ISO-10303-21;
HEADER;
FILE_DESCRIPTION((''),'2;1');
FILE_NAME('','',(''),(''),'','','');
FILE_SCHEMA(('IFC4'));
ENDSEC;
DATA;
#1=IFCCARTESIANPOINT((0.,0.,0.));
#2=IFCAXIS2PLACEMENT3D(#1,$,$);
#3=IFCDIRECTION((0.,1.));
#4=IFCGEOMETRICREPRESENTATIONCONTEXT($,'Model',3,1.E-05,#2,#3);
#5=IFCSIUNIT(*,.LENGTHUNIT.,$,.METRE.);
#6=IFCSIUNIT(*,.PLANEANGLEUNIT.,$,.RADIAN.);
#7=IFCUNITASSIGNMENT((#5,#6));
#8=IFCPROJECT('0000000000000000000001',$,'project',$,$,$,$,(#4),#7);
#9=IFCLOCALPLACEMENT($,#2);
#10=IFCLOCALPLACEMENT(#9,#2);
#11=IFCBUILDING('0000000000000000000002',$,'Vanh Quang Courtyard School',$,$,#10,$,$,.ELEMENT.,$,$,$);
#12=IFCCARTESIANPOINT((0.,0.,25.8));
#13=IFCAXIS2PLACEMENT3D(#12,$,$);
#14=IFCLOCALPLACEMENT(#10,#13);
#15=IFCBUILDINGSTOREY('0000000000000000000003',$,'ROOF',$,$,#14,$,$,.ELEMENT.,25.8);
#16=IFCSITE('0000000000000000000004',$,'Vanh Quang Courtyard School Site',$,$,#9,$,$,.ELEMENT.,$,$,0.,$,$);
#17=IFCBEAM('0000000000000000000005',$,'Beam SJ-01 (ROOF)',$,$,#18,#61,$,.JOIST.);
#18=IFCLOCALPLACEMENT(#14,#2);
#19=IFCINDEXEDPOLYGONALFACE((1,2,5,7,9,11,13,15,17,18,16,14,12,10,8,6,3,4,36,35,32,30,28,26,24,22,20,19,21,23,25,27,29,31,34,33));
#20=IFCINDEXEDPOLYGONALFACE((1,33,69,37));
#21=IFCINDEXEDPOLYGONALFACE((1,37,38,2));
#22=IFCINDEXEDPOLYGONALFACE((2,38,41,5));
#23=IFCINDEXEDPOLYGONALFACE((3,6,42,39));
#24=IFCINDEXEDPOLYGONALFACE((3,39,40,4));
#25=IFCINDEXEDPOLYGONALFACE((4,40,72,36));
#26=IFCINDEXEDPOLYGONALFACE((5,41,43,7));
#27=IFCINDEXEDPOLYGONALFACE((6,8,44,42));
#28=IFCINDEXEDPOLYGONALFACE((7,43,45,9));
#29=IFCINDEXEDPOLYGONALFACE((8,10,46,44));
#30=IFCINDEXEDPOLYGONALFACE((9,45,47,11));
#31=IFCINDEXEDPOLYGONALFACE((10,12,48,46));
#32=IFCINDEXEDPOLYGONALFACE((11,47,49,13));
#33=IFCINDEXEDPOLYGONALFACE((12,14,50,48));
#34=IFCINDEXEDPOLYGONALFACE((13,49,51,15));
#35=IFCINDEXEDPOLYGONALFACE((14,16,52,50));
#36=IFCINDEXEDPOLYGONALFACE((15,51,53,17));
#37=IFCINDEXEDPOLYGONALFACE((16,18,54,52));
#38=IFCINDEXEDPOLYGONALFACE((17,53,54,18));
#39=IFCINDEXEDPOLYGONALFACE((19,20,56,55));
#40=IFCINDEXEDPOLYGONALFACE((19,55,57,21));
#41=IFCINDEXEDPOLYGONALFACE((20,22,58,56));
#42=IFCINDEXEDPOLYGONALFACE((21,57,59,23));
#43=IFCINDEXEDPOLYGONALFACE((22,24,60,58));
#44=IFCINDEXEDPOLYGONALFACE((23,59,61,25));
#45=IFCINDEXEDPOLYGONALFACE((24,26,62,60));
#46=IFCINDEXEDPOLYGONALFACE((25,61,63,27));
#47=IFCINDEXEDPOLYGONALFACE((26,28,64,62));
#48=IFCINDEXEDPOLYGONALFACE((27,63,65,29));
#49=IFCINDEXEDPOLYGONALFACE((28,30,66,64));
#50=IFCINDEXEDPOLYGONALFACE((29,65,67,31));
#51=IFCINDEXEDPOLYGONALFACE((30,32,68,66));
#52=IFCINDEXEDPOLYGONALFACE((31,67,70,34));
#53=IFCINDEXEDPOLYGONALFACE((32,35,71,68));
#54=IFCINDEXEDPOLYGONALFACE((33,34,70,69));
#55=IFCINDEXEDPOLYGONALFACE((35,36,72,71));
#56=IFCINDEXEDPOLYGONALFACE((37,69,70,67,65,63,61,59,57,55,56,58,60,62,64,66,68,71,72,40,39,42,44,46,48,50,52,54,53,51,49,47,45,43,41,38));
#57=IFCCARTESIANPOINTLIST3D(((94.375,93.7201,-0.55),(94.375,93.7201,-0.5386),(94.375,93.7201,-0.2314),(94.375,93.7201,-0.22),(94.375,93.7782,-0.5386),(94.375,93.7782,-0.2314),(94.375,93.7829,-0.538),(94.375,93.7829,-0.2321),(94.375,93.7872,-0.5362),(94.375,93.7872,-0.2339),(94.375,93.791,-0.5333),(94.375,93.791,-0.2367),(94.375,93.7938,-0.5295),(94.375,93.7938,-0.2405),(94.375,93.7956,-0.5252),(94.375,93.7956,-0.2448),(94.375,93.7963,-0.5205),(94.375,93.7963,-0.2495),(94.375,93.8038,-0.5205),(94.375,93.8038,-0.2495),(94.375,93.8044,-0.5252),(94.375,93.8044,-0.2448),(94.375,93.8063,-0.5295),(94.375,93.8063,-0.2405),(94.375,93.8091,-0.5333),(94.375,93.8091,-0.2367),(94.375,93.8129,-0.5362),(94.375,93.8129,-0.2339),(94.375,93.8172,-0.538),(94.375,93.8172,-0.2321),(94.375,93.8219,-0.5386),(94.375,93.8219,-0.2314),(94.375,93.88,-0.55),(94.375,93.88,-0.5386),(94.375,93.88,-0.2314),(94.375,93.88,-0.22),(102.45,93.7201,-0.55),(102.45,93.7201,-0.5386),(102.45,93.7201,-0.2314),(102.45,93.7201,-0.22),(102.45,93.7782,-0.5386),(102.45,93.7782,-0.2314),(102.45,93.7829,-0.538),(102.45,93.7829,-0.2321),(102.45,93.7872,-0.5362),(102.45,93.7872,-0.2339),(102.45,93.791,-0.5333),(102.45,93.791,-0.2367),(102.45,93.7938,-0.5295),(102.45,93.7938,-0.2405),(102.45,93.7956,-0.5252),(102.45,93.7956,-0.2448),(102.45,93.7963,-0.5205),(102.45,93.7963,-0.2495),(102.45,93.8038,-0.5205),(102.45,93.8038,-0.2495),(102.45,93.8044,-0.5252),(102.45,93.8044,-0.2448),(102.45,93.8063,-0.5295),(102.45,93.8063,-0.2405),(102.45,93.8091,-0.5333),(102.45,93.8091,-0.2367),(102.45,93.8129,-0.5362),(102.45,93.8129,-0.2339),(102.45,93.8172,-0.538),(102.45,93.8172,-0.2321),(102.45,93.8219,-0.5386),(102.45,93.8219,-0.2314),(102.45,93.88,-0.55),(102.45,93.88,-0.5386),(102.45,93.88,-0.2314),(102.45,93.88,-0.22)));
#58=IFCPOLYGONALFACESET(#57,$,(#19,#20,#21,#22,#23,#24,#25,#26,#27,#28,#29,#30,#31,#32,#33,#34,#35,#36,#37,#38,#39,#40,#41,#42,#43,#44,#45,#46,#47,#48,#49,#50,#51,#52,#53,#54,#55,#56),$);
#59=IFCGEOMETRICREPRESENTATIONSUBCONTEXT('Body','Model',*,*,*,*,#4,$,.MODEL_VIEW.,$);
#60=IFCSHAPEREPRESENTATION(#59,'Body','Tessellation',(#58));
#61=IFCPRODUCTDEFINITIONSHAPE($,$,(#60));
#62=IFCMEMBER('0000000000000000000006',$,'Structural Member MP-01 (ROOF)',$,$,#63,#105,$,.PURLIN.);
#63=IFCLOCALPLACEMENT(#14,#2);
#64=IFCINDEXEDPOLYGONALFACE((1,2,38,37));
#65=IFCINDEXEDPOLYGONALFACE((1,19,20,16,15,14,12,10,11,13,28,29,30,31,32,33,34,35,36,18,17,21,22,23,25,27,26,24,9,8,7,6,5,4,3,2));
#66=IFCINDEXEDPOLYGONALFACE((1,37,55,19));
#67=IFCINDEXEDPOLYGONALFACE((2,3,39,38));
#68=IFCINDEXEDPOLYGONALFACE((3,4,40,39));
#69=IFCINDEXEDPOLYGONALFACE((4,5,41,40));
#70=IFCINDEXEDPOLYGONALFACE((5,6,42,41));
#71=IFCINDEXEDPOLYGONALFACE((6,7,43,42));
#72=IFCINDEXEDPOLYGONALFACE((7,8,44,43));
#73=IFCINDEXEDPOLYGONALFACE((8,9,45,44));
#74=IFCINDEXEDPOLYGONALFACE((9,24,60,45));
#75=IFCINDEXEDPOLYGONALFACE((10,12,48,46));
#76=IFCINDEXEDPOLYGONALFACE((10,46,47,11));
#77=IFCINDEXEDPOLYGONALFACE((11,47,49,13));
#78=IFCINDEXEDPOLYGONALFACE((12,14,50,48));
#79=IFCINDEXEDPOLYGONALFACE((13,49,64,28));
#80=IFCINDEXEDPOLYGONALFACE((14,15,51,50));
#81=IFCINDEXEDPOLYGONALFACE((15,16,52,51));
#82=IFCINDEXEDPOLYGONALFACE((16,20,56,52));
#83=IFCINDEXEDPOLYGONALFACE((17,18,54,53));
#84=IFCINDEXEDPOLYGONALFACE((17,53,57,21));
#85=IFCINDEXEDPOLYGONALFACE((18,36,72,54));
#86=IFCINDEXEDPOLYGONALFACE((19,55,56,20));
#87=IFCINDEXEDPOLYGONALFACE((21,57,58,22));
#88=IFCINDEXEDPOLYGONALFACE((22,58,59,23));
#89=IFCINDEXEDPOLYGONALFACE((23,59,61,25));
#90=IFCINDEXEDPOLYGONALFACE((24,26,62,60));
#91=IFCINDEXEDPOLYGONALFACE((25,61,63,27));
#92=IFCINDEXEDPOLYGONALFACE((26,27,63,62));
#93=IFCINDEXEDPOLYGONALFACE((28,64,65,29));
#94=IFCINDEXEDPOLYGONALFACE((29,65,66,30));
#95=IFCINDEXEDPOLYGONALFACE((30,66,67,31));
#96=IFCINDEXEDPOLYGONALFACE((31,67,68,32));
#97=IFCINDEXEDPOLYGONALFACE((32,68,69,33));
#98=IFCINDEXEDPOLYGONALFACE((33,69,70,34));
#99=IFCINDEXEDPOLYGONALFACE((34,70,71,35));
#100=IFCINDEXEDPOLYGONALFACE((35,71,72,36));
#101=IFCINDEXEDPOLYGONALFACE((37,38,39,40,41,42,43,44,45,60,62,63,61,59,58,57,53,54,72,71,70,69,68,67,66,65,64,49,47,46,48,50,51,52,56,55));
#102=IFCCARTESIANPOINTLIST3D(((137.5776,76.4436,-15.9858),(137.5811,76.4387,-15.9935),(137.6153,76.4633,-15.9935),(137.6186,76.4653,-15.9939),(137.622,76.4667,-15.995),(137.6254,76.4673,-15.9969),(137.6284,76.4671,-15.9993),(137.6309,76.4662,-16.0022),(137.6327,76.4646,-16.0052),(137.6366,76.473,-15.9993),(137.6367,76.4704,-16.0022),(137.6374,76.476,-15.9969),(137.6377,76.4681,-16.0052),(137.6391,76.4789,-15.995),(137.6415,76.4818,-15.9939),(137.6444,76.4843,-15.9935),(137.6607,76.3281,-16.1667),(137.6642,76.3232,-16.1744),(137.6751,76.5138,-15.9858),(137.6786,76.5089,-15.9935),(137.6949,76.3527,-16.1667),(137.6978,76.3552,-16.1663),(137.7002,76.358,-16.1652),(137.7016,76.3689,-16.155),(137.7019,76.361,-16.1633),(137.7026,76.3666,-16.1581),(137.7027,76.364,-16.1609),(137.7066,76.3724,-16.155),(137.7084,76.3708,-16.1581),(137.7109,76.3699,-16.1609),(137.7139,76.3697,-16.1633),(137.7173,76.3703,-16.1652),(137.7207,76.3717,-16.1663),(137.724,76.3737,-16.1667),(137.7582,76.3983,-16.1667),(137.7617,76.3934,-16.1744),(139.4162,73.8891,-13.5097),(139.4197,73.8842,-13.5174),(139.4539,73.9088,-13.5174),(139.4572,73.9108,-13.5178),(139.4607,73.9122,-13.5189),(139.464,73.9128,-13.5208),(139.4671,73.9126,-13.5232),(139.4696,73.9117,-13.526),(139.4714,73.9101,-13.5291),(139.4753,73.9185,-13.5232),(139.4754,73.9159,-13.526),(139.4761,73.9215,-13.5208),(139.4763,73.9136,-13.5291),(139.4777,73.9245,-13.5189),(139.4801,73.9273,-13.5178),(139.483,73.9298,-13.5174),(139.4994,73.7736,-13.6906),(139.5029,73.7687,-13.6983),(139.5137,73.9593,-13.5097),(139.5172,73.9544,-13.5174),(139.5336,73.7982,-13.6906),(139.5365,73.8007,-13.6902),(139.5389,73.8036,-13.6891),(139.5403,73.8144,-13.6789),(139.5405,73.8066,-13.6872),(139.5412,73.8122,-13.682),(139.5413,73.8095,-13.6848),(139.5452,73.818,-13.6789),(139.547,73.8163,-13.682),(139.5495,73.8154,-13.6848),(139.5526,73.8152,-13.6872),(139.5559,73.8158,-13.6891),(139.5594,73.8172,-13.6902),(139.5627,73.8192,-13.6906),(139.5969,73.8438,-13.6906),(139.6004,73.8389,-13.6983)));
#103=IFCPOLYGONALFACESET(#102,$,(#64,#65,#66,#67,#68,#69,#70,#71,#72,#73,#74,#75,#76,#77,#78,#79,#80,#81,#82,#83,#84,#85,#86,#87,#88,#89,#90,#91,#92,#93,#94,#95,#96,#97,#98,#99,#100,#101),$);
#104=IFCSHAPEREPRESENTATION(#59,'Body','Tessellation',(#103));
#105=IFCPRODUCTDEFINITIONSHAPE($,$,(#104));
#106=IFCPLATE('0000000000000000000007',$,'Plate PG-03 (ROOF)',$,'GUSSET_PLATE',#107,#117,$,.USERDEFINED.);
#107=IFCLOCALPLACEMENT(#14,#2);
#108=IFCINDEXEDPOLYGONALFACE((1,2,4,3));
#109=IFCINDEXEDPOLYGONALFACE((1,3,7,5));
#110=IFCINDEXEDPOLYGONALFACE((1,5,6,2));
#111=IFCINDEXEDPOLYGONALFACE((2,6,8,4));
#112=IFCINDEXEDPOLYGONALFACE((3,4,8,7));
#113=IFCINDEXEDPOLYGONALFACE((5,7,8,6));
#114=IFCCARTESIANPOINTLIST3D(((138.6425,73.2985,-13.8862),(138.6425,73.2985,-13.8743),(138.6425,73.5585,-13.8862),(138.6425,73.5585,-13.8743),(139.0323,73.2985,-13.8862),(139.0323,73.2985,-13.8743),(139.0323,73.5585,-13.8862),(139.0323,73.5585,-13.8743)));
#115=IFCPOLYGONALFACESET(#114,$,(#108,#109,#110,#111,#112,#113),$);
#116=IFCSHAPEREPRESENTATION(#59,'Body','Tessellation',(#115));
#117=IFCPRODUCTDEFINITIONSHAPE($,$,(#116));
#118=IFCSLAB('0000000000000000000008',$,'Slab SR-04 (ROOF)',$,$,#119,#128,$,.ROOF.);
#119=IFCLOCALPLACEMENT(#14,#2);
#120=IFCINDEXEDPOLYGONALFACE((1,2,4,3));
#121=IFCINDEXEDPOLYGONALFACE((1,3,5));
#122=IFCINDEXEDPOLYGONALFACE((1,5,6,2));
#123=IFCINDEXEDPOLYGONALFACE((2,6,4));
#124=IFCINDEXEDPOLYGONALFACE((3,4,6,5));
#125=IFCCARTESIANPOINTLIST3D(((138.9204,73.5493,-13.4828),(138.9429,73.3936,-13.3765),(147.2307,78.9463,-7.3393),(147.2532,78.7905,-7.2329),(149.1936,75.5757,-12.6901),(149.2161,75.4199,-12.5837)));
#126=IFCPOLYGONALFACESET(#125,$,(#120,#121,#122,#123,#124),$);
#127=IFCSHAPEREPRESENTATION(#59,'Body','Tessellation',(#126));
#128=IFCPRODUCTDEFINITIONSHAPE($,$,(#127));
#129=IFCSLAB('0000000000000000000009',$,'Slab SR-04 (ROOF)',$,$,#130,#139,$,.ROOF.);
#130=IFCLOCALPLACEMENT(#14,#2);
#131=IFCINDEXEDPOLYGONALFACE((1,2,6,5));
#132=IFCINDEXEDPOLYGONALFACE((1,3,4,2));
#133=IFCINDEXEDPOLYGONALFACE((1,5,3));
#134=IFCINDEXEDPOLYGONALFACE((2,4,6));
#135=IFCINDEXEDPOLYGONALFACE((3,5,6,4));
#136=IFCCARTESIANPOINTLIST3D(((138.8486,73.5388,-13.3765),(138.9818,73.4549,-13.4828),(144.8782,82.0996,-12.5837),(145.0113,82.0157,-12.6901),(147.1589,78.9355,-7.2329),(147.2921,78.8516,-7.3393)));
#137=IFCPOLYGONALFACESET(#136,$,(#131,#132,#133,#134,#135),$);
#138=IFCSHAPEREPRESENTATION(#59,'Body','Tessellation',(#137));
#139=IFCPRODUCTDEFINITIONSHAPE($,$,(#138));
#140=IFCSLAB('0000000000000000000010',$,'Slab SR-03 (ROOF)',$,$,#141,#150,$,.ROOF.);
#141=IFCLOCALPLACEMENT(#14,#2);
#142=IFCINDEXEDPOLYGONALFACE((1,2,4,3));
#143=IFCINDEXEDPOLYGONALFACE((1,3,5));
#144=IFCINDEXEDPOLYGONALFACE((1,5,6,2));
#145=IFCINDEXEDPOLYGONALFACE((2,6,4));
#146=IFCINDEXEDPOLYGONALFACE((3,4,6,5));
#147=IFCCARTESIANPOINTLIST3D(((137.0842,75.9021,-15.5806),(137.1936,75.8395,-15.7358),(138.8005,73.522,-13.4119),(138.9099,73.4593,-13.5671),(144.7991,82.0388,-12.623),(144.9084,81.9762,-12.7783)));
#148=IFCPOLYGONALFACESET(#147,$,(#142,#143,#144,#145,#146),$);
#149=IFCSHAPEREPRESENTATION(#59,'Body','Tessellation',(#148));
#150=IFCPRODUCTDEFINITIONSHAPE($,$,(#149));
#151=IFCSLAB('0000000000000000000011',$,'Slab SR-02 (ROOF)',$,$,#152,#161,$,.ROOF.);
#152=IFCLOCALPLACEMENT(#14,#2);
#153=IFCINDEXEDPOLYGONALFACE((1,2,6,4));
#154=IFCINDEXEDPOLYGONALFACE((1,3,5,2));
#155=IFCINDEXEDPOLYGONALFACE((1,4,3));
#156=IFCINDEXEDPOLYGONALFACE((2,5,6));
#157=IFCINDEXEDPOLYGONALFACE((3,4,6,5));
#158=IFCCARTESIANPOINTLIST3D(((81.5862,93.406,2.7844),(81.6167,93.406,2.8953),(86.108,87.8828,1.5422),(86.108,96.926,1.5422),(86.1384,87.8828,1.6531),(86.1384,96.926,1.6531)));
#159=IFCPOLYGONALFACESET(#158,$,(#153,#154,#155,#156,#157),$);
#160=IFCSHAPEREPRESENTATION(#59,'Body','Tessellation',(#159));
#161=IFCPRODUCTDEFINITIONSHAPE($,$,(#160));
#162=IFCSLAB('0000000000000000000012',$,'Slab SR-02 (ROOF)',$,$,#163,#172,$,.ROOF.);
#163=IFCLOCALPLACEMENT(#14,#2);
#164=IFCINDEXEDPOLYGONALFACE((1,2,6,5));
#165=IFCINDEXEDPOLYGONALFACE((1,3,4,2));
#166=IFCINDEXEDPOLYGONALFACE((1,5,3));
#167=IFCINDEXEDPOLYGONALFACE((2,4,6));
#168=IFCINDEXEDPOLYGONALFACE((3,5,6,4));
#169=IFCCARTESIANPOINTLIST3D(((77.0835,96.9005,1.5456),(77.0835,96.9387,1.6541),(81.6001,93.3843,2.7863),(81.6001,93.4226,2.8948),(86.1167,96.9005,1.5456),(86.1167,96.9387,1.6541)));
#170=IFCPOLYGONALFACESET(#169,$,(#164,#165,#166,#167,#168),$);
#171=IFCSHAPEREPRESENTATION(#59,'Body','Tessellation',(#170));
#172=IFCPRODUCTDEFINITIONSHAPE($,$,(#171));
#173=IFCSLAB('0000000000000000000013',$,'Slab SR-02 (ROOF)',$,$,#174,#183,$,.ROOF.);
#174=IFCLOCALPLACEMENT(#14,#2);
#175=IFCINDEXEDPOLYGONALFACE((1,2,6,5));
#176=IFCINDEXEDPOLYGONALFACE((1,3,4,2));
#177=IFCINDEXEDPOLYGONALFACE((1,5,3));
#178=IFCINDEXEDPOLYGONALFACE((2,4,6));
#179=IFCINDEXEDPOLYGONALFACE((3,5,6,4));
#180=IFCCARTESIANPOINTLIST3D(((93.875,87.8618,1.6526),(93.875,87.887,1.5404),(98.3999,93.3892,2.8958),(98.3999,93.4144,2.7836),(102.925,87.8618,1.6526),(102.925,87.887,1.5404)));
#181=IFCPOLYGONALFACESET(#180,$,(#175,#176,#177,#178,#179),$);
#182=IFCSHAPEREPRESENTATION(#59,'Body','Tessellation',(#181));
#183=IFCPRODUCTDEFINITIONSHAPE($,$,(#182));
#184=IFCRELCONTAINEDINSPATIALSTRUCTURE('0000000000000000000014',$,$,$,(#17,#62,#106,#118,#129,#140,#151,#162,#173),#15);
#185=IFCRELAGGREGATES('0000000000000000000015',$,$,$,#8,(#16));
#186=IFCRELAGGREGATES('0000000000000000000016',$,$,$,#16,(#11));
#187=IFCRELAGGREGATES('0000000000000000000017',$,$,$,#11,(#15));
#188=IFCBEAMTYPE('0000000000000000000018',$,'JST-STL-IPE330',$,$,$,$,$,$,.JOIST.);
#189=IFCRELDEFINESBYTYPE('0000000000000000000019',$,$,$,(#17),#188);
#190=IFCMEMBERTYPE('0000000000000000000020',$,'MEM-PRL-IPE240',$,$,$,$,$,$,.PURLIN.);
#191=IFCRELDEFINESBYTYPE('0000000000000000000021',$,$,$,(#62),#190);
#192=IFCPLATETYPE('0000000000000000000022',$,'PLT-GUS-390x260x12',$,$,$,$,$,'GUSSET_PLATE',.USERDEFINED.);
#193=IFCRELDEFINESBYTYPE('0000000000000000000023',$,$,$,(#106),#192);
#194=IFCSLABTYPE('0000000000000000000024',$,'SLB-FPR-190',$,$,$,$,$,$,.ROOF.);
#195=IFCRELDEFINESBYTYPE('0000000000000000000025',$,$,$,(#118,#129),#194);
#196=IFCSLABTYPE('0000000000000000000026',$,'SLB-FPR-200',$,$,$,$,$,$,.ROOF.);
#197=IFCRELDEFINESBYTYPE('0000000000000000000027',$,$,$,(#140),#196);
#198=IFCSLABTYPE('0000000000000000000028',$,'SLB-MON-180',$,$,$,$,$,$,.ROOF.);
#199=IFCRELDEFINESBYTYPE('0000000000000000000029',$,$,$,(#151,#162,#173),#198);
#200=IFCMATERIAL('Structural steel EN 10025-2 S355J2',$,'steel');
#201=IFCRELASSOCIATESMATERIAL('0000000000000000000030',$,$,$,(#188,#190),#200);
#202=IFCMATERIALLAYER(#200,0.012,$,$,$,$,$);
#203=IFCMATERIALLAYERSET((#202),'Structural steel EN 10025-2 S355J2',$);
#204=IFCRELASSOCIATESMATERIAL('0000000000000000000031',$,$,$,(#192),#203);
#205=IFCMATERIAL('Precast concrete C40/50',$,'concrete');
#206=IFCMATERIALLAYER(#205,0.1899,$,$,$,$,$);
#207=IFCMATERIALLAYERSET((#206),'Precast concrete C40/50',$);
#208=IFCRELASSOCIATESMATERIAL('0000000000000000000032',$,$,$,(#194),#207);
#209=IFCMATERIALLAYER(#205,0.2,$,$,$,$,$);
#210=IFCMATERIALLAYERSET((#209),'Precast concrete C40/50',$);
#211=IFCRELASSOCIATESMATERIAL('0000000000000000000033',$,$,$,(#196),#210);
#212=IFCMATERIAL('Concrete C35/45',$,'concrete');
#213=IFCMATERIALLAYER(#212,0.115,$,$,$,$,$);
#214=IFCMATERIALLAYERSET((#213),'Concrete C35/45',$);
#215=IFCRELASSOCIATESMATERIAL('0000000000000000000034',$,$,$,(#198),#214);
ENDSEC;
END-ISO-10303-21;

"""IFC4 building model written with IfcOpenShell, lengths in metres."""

from ifc_helpers import new_model, si_unit, direction, frame, origin, origin_2d, place, context, subcontext, project, spatial, polyline, rectangle, i_section, outline, extrude, material, layer, layer_set, material_profile, profile_set, type_object, element, save


model = new_model("IFC4")

# Units and contexts
model_context = context("Model", 3, precision=1e-05, world=origin(), true_north=direction((0.0, 1.0)))
body_context = subcontext(model_context, "Body", "Model", "MODEL_VIEW")
ifc_project = project(units=[si_unit("LENGTHUNIT", "METRE"), si_unit("PLANEANGLEUNIT", "RADIAN")], contexts=[model_context])

# Site, building, storey
site_placement = place(None, origin())
site = spatial("IfcSite", under=ifc_project, at=site_placement, Name="Vanh Quang Courtyard School Site", CompositionType="ELEMENT", RefElevation=0.0)
building_placement = place(site_placement, origin())
building = spatial("IfcBuilding", under=site, at=building_placement, Name="Vanh Quang Courtyard School", CompositionType="ELEMENT")
storey_placement = place(building_placement, frame((0.0, 0.0, 25.8)))
storey = spatial("IfcBuildingStorey", under=building, at=storey_placement, Name="ROOF", CompositionType="ELEMENT", Elevation=25.8)

# Beam
ifc_material_1 = material(Name="Concrete C35/45", Category="concrete")
ifc_material_2 = material(Name="Structural steel EN 10025-2 S355J2", Category="steel")
ifc_material_profile_1 = material_profile(ifc_material_2, i_section(OverallWidth=0.1599, OverallDepth=0.3301, WebThickness=0.0076, FlangeThickness=0.0115, FilletRadius=0.0181, at=origin_2d()), Name="IPE 330")
ifc_profile_set_1 = profile_set([ifc_material_profile_1], Name="Structural steel EN 10025-2 S355J2")
beam_type_1 = type_object("IfcBeamType", Name="JST-STL-IPE330", PredefinedType="JOIST", material=ifc_profile_set_1)
for number, where, z_axis, x_axis, name in (
    (1, (94.375, 93.8, -0.385), (1.0, 0.0, 0.0), (0.0, 1.0, 0.0), "Beam SJ-01 (ROOF)"),
):
    element("IfcBeam", number, at=place(storey_placement, frame(where, z_axis=z_axis, x_axis=x_axis)), inside=storey, type_object=beam_type_1, Name=name, PredefinedType="JOIST", context=body_context, shape_type="SweptSolid", body=[
        extrude(i_section(OverallWidth=0.1599, OverallDepth=0.3301, WebThickness=0.0076, FlangeThickness=0.0115, FilletRadius=0.0181, at=origin_2d()), origin(), (0.0, 0.0, 1.0), 8.075),
    ])

# Member
ifc_material_profile_2 = material_profile(ifc_material_2, i_section(OverallWidth=0.1201, OverallDepth=0.24, WebThickness=0.0061, FlangeThickness=0.0098, FilletRadius=0.0149, at=origin_2d()), Name="IPE 240")
ifc_profile_set_2 = profile_set([ifc_material_profile_2], Name="Structural steel EN 10025-2 S355J2")
member_type = type_object("IfcMemberType", Name="MEM-PRL-IPE240", PredefinedType="PURLIN", material=ifc_profile_set_2)
member_placement = place(storey_placement, frame((139.5083, 73.864, -13.604), z_axis=(-0.45913, 0.637881, -0.618311), x_axis=(-0.811621, -0.584184, 0.0)))
element("IfcMember", 2, at=member_placement, inside=storey, type_object=member_type, Name="Structural Member MP-01 (ROOF)", PredefinedType="PURLIN", context=body_context, shape_type="SweptSolid", body=[
    extrude(i_section(OverallWidth=0.1201, OverallDepth=0.24, WebThickness=0.0061, FlangeThickness=0.0098, FilletRadius=0.0149, at=origin_2d()), origin(), (0.0, 0.0, 1.0), 4.0046),
])

# Plate
ifc_layer_1 = layer(ifc_material_2, 0.012)
ifc_layer_set_1 = layer_set([ifc_layer_1], Name="Structural steel EN 10025-2 S355J2")
plate_type = type_object("IfcPlateType", Name="PLT-GUS-390x260x12", ElementType="GUSSET_PLATE", PredefinedType="USERDEFINED", material=ifc_layer_set_1)
plate_placement = place(storey_placement, frame((138.8374, 73.4285, -13.8862), z_axis=(0.0, 0.0, 1.0), x_axis=(1.0, 0.0, 0.0)))
element("IfcPlate", 3, at=plate_placement, inside=storey, type_object=plate_type, Name="Plate PG-03 (ROOF)", ObjectType="GUSSET_PLATE", PredefinedType="USERDEFINED", context=body_context, shape_type="SweptSolid", body=[
    extrude(rectangle(XDim=0.3899, YDim=0.26, at=origin_2d()), origin(), (0.0, 0.0, 1.0), 0.012),
])

# Slabs
ifc_material_3 = material(Name="Precast concrete C40/50", Category="concrete")
ifc_layer_2 = layer(ifc_material_3, 0.1899)
ifc_layer_set_2 = layer_set([ifc_layer_2], Name="Precast concrete C40/50")
slab_type_1 = type_object("IfcSlabType", Name="SLB-FPR-190", PredefinedType="ROOF", material=ifc_layer_set_2)
slab_1_placement = place(storey_placement, frame((138.9429, 73.3936, -13.3765), z_axis=(0.118526, -0.819972, 0.559998), x_axis=(0.978297, 0.192967, 0.07549)))
element("IfcSlab", 4, at=slab_1_placement, inside=storey, type_object=slab_type_1, Name="Slab SR-04 (ROOF)", PredefinedType="ROOF", context=body_context, shape_type="SweptSolid", body=[
    extrude(outline(polyline([(0.0, 0.0), (10.5011, 0.0), (9.6352, 6.5647), (0.0, 0.0)])), origin(), (0.0, 0.0, -1.0), 0.1899),
])
slab_2_placement = place(storey_placement, frame((138.8486, 73.5388, -13.3765), z_axis=(-0.700882, 0.441791, 0.559987), x_axis=(0.712788, 0.462886, 0.526943)))
element("IfcSlab", 5, at=slab_2_placement, inside=storey, type_object=slab_type_1, Name="Slab SR-04 (ROOF)", PredefinedType="ROOF", context=body_context, shape_type="SweptSolid", body=[
    extrude(outline(polyline([(0.0, 0.0), (11.6589, 0.0), (8.6782, 5.9127), (0.0, 0.0)])), origin(), (0.0, 0.0, -1.0), 0.1899),
])
ifc_layer_3 = layer(ifc_material_3, 0.2)
ifc_layer_set_3 = layer_set([ifc_layer_3], Name="Precast concrete C40/50")
slab_type_2 = type_object("IfcSlabType", Name="SLB-FPR-200", PredefinedType="ROOF", material=ifc_layer_set_3)
slab_3_placement = place(storey_placement, frame((138.8005, 73.522, -13.4119), z_axis=(-0.5468, 0.313203, 0.776475), x_axis=(0.574183, 0.815238, 0.075506)))
element("IfcSlab", 6, at=slab_3_placement, inside=storey, type_object=slab_type_2, Name="Slab SR-03 (ROOF)", PredefinedType="ROOF", context=body_context, shape_type="SweptSolid", body=[
    extrude(outline(polyline([(0.0, 0.0), (10.4471, 0.0), (0.7911, 3.562), (0.0, 0.0)])), origin(), (0.0, 0.0, -1.0), 0.2),
])
ifc_layer_4 = layer(ifc_material_1, 0.115)
ifc_layer_set_4 = layer_set([ifc_layer_4], Name="Concrete C35/45")
slab_type_3 = type_object("IfcSlabType", Name="SLB-MON-180", PredefinedType="ROOF", material=ifc_layer_set_4)
slab_4_placement = place(storey_placement, frame((86.1384, 87.8828, 1.6531), z_axis=(0.264901, 0.0, 0.964276), x_axis=(0.0, 1.0, 0.0)))
element("IfcSlab", 7, at=slab_4_placement, inside=storey, type_object=slab_type_3, Name="Slab SR-02 (ROOF)", PredefinedType="ROOF", context=body_context, shape_type="SweptSolid", body=[
    extrude(outline(polyline([(0.0, 0.0), (9.0432, 0.0), (5.5232, 4.6892), (0.0, 0.0)])), origin(), (0.0, 0.0, -1.0), 0.115),
])
slab_5_placement = place(storey_placement, frame((86.1167, 96.9387, 1.6541), z_axis=(0.0, 0.332758, 0.943012), x_axis=(-1.0, 0.0, 0.0)))
element("IfcSlab", 8, at=slab_5_placement, inside=storey, type_object=slab_type_3, Name="Slab SR-02 (ROOF)", PredefinedType="ROOF", context=body_context, shape_type="SweptSolid", body=[
    extrude(outline(polyline([(0.0, 0.0), (9.0332, 0.0), (4.5166, 3.7286), (0.0, 0.0)])), origin(), (0.0, 0.0, -1.0), 0.115),
])
slab_6_placement = place(storey_placement, frame((93.875, 87.8618, 1.6526), z_axis=(0.0, -0.21943, 0.975628), x_axis=(1.0, 0.0, 0.0)))
element("IfcSlab", 9, at=slab_6_placement, inside=storey, type_object=slab_type_3, Name="Slab SR-02 (ROOF)", PredefinedType="ROOF", context=body_context, shape_type="SweptSolid", body=[
    extrude(outline(polyline([(0.0, 0.0), (9.05, 0.0), (4.5249, 5.6654), (0.0, 0.0)])), origin(), (0.0, 0.0, -1.0), 0.115),
])

save(model, "model.ifc")
